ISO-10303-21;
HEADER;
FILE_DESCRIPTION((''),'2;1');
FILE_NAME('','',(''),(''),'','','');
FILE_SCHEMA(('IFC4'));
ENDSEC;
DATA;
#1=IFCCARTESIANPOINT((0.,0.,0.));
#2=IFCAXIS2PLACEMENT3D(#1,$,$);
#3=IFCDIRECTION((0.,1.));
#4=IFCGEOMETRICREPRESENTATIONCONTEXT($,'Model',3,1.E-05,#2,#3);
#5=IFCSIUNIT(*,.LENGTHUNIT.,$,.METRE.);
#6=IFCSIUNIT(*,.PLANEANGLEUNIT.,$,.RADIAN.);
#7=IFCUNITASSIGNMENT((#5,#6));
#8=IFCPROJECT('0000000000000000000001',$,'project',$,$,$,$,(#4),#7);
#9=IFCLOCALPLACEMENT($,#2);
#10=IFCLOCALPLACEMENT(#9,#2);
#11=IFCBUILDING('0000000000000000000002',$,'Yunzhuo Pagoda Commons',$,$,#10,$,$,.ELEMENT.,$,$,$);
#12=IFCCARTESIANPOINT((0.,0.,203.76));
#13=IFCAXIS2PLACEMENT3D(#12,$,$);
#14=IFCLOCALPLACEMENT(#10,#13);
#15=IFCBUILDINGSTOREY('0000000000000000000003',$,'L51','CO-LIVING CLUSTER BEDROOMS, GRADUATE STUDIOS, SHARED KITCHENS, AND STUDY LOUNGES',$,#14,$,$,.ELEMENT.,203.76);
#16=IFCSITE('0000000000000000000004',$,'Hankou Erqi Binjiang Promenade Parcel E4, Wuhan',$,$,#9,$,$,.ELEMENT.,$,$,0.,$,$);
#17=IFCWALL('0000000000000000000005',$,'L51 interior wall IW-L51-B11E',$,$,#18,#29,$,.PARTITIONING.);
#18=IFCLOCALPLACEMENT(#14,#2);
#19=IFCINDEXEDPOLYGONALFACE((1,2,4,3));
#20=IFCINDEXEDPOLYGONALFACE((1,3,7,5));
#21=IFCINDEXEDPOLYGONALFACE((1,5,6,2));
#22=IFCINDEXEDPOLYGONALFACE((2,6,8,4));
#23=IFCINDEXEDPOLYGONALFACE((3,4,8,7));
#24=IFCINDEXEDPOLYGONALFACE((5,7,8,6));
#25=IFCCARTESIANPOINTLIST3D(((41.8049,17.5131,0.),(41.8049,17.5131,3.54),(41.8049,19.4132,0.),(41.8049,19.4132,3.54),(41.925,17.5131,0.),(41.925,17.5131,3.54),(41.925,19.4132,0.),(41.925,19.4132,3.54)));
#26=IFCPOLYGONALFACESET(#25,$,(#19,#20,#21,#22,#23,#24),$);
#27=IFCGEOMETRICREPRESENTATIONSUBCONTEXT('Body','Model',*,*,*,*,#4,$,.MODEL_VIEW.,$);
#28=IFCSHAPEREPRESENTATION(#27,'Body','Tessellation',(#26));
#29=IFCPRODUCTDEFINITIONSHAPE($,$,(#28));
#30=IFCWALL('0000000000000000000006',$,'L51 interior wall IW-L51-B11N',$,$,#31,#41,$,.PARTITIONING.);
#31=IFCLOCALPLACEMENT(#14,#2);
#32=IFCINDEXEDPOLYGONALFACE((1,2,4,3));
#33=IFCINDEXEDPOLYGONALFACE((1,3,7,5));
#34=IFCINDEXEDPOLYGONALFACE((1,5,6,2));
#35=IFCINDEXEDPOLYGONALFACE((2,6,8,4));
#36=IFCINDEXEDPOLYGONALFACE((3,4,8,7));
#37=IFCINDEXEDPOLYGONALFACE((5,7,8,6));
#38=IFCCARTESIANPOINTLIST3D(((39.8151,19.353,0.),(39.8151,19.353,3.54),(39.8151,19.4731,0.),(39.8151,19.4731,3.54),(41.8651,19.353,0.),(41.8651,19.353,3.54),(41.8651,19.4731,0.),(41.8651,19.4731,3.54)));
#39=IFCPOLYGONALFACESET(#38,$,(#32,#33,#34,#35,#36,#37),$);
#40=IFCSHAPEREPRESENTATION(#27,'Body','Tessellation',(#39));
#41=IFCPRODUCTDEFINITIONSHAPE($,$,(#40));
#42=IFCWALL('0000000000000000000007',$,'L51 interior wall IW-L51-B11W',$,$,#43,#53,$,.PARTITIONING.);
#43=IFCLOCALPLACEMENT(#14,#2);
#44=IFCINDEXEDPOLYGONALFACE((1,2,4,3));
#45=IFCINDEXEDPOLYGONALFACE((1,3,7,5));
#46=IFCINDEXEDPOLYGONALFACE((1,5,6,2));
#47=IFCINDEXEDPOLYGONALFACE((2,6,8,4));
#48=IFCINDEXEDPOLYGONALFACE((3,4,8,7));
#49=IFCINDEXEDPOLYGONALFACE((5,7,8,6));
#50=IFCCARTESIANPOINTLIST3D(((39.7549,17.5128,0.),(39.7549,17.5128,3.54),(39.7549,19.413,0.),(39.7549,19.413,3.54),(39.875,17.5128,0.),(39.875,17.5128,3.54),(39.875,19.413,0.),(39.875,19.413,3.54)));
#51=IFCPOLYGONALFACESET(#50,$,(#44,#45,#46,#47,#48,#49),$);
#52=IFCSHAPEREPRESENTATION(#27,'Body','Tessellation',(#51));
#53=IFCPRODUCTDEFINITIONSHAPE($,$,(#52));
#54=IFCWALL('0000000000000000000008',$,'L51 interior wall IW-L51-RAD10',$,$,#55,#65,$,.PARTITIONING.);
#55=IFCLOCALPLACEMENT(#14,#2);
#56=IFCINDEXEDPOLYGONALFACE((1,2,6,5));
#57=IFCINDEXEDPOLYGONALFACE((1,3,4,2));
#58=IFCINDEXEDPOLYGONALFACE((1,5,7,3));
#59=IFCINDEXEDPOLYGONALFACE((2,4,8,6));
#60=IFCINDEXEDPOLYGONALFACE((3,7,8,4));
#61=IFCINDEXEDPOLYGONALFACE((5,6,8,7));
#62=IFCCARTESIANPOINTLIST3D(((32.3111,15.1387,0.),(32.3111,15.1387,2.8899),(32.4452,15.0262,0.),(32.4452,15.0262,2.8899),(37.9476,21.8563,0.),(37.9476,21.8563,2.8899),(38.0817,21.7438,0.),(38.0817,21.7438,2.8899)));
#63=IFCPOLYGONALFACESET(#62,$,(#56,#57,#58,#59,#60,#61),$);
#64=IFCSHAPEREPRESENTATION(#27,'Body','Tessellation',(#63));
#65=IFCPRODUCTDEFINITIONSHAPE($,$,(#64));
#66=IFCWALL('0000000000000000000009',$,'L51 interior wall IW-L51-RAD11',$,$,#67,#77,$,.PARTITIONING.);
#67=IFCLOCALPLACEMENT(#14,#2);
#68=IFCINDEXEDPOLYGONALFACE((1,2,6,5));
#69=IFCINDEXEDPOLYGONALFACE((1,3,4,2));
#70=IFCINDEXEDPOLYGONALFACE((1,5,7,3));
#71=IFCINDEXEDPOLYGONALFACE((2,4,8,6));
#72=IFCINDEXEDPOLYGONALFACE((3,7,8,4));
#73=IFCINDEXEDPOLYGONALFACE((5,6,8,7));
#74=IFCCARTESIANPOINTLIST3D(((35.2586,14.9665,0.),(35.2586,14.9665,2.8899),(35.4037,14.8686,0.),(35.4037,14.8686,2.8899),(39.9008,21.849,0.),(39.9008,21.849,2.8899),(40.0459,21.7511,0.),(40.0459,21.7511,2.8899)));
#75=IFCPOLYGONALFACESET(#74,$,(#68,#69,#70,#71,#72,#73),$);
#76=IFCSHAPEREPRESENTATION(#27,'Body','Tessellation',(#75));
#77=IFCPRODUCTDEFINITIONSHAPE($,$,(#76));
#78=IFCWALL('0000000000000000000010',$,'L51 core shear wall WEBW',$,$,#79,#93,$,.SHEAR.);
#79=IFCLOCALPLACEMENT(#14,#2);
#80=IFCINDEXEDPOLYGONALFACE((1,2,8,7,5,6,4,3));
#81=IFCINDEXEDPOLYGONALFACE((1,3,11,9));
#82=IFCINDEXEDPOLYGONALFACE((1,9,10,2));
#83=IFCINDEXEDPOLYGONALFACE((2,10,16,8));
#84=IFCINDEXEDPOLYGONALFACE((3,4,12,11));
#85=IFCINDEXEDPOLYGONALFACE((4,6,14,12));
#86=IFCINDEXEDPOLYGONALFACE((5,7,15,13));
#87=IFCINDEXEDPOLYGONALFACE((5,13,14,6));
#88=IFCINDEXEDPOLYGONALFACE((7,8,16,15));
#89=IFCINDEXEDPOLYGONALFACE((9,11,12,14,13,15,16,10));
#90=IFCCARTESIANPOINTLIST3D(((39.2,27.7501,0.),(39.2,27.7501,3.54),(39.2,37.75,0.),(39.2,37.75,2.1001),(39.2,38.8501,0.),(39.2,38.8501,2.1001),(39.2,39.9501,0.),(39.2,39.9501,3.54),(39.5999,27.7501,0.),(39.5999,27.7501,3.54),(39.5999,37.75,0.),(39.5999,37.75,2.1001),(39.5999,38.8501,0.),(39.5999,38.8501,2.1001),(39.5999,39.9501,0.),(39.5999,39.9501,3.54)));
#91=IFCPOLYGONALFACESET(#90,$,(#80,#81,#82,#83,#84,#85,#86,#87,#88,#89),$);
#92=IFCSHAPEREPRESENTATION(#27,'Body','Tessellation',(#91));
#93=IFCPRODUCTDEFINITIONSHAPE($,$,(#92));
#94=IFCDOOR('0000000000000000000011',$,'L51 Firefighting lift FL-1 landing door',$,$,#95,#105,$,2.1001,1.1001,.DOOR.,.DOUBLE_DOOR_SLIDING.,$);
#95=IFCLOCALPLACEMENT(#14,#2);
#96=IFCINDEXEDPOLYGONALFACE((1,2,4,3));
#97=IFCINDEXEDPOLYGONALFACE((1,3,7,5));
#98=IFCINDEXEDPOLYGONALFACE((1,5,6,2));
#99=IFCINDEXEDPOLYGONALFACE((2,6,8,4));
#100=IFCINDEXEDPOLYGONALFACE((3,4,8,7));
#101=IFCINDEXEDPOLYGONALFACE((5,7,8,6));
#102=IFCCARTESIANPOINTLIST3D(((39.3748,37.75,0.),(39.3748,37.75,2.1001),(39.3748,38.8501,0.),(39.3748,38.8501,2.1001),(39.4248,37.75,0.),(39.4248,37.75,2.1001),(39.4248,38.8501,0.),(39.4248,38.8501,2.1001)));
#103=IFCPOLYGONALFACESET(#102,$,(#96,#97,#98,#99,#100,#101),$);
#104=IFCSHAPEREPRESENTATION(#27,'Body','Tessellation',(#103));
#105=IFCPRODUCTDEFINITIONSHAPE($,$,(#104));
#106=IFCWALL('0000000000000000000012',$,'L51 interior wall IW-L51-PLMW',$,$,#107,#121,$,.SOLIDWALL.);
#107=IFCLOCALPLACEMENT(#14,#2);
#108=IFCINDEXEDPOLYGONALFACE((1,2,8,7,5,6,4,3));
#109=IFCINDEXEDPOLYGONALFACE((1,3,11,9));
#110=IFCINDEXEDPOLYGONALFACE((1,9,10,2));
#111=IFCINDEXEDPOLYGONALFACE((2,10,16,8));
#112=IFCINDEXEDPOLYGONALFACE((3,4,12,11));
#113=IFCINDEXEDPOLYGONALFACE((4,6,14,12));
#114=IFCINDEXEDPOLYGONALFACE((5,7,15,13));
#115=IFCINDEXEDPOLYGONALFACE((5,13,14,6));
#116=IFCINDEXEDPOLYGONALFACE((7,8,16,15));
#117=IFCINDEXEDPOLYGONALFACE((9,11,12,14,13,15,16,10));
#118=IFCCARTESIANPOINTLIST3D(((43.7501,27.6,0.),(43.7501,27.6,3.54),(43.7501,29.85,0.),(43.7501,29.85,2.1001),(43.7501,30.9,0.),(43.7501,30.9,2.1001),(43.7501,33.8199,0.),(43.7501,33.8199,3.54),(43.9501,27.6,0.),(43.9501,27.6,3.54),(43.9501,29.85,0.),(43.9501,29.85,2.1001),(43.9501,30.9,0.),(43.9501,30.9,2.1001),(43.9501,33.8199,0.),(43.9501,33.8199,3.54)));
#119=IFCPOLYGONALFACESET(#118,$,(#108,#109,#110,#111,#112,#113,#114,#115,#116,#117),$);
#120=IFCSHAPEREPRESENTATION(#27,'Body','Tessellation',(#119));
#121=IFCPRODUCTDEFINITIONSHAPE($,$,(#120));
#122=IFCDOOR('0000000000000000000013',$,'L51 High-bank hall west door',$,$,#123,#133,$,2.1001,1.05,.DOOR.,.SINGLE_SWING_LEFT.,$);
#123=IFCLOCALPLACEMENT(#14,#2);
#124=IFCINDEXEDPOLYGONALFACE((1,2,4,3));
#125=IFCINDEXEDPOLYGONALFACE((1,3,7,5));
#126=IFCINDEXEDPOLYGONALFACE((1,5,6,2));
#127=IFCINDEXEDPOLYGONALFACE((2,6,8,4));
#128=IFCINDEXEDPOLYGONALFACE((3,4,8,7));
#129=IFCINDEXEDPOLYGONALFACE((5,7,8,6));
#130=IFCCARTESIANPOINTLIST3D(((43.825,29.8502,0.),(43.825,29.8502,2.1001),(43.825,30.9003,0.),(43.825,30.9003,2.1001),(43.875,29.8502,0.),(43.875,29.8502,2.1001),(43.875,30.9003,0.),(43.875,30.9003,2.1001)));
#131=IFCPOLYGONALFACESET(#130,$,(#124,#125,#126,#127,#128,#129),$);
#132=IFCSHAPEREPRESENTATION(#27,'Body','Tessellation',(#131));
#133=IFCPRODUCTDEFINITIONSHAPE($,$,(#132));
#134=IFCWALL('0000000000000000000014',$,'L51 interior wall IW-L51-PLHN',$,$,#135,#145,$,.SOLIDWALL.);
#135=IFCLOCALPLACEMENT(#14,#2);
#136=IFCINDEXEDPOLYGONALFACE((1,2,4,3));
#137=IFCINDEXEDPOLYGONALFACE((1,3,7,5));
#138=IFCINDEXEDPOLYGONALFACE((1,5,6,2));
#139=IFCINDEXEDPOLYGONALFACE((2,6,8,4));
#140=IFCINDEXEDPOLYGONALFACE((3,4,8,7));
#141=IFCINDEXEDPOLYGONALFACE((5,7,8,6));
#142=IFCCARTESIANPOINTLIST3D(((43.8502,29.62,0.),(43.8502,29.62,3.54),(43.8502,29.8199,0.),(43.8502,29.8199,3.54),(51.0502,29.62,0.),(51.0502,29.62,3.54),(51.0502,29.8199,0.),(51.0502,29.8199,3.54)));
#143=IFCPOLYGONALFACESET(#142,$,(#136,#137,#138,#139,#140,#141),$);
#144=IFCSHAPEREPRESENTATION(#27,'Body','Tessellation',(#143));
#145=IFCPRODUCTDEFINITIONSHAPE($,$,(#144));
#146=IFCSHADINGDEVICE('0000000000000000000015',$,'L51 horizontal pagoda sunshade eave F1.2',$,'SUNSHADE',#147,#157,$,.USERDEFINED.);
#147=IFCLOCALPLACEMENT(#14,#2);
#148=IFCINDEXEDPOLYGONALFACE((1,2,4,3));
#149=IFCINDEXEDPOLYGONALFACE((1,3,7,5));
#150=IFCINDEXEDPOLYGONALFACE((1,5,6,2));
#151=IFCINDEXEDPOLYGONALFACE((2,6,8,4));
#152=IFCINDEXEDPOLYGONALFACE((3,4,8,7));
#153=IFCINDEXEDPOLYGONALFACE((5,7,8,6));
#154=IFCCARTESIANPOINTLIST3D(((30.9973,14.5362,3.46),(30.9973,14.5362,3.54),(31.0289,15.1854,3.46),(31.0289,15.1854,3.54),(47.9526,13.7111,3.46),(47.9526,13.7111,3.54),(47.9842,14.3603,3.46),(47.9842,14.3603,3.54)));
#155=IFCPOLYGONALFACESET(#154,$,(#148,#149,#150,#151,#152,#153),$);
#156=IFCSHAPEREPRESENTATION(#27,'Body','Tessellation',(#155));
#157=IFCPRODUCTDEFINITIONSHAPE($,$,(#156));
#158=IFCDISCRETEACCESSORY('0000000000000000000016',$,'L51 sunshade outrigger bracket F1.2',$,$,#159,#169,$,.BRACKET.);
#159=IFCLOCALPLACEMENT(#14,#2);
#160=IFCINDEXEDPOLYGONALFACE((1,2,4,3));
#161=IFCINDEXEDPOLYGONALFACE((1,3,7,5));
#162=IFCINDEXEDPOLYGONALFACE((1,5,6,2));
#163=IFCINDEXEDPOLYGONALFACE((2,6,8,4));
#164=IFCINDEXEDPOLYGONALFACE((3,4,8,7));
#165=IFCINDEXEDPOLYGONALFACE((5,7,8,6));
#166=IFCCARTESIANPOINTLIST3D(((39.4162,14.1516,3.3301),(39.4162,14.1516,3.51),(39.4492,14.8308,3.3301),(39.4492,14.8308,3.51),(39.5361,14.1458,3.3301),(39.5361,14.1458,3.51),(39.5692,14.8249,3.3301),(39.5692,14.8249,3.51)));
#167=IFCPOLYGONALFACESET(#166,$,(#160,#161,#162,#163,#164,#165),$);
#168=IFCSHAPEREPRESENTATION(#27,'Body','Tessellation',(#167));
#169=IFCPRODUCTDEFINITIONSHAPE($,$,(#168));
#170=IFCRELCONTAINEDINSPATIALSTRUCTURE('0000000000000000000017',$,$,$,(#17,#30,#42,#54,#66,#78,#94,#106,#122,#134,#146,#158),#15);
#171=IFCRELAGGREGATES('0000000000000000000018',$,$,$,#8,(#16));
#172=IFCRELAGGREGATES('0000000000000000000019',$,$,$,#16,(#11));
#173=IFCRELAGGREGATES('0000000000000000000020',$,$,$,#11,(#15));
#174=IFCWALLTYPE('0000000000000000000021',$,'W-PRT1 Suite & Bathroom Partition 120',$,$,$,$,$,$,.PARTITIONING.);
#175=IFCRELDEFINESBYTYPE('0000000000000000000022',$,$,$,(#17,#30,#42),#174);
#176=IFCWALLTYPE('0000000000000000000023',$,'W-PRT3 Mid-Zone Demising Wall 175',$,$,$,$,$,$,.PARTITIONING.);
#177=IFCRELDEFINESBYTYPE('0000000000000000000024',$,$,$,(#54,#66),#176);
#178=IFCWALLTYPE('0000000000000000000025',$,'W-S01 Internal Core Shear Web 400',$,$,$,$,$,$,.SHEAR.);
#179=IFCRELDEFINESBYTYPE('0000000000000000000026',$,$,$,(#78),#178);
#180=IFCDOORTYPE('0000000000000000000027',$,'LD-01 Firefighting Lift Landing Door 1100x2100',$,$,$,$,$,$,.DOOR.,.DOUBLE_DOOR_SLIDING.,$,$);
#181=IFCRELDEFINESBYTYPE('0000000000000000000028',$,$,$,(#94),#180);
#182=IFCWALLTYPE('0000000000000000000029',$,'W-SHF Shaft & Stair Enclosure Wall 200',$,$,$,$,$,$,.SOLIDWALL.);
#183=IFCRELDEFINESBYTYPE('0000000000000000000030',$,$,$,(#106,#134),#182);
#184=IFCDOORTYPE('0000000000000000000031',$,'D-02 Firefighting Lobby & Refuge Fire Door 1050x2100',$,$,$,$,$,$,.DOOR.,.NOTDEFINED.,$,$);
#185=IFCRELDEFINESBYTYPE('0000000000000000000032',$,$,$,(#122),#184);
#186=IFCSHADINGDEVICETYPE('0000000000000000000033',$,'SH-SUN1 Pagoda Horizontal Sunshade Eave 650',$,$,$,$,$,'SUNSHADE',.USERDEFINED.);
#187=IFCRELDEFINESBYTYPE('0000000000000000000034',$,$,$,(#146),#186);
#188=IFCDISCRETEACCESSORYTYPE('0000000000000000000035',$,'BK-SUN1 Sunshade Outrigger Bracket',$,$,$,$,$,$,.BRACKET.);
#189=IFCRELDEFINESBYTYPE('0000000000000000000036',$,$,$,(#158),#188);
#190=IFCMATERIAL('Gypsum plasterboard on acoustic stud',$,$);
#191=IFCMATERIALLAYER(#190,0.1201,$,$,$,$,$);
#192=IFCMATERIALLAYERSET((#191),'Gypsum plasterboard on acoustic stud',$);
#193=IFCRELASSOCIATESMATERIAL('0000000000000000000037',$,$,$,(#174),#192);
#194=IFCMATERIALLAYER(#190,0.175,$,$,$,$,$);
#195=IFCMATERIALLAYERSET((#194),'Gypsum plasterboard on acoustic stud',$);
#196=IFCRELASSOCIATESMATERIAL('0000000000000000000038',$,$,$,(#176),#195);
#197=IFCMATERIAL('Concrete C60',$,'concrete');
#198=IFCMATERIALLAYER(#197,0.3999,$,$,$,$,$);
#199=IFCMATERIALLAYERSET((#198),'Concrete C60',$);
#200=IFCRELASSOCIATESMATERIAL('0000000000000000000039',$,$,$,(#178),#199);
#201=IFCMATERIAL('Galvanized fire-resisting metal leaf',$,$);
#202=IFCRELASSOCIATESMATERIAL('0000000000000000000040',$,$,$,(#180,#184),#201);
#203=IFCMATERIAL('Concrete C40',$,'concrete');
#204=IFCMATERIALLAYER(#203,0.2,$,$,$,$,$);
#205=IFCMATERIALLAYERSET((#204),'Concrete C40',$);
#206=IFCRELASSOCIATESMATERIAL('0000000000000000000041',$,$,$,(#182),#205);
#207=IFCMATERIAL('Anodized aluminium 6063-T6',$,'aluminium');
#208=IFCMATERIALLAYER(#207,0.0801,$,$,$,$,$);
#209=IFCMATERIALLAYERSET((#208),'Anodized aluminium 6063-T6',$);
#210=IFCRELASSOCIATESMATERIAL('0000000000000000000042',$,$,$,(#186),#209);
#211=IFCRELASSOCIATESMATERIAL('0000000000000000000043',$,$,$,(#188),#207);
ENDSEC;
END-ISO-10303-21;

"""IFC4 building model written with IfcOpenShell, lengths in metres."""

from ifc_helpers import new_model, si_unit, direction, frame, frame_2d, origin, origin_2d, place, context, subcontext, project, spatial, rectangle, extrude, source, transform, mapped, material, layer, layer_set, type_object, element, fill, save


model = new_model("IFC4")

# Units and contexts
model_context = context("Model", 3, precision=1e-05, world=origin(), true_north=direction((0.0, 1.0)))
body_context = subcontext(model_context, "Body", "Model", "MODEL_VIEW")
ifc_project = project(units=[si_unit("LENGTHUNIT", "METRE"), si_unit("PLANEANGLEUNIT", "RADIAN")], contexts=[model_context])

# Site, building, storey
site_placement = place(None, origin())
site = spatial("IfcSite", under=ifc_project, at=site_placement, Name="Hankou Erqi Binjiang Promenade Parcel E4, Wuhan", CompositionType="ELEMENT", RefElevation=0.0)
building_placement = place(site_placement, origin())
building = spatial("IfcBuilding", under=site, at=building_placement, Name="Yunzhuo Pagoda Commons", CompositionType="ELEMENT")
storey_placement = place(building_placement, frame((0.0, 0.0, 203.76)))
storey = spatial("IfcBuildingStorey", under=building, at=storey_placement, Name="L51", Description="CO-LIVING CLUSTER BEDROOMS, GRADUATE STUDIOS, SHARED KITCHENS, AND STUDY LOUNGES", CompositionType="ELEMENT", Elevation=203.76)

# Shared definitions
ifc_material_1 = material(Name="Anodized aluminium 6063-T6", Category="aluminium")

# Shared definitions
ifc_material_2 = material(Name="Gypsum plasterboard on acoustic stud")
ifc_material_3 = material(Name="Galvanized fire-resisting metal leaf")

# Shared definitions
ifc_layer_1 = layer(ifc_material_2, 0.1201)
ifc_layer_set_1 = layer_set([ifc_layer_1], Name="Gypsum plasterboard on acoustic stud")
wall_type_1 = type_object("IfcWallType", Name="W-PRT1 Suite & Bathroom Partition 120", PredefinedType="PARTITIONING", material=ifc_layer_set_1)

# Walls
wall_1_placement = place(storey_placement, frame((41.865, 17.5129, 0.0), z_axis=(0.0, 0.0, 1.0), x_axis=(0.0, 1.0, 0.0)))
element("IfcWall", 1, at=wall_1_placement, inside=storey, type_object=wall_type_1, Name="L51 interior wall IW-L51-B11E", PredefinedType="PARTITIONING", context=body_context, shape_type="SweptSolid", body=[
    extrude(rectangle(XDim=1.9001, YDim=0.1201, at=frame_2d((0.9502, 0.0))), origin(), (0.0, 0.0, 1.0), 3.54),
])
wall_2_placement = place(storey_placement, frame((41.865, 19.4131, 0.0), z_axis=(0.0, 0.0, 1.0), x_axis=(-1.0, 0.0, 0.0)))
element("IfcWall", 2, at=wall_2_placement, inside=storey, type_object=wall_type_1, Name="L51 interior wall IW-L51-B11N", PredefinedType="PARTITIONING", context=body_context, shape_type="SweptSolid", body=[
    extrude(rectangle(XDim=2.05, YDim=0.1201, at=frame_2d((1.0249, 0.0))), origin(), (0.0, 0.0, 1.0), 3.54),
])
wall_3_placement = place(storey_placement, frame((39.8149, 19.4131, 0.0), z_axis=(0.0, 0.0, 1.0), x_axis=(0.0, -1.0, 0.0)))
element("IfcWall", 3, at=wall_3_placement, inside=storey, type_object=wall_type_1, Name="L51 interior wall IW-L51-B11W", PredefinedType="PARTITIONING", context=body_context, shape_type="SweptSolid", body=[
    extrude(rectangle(XDim=1.9001, YDim=0.1201, at=frame_2d((0.9502, 0.0))), origin(), (0.0, 0.0, 1.0), 3.54),
])
ifc_layer_2 = layer(ifc_material_2, 0.175)
ifc_layer_set_2 = layer_set([ifc_layer_2], Name="Gypsum plasterboard on acoustic stud")
wall_type_2 = type_object("IfcWallType", Name="W-PRT3 Mid-Zone Demising Wall 175", PredefinedType="PARTITIONING", material=ifc_layer_set_2)
wall_4_placement = place(storey_placement, frame((38.0146, 21.8, 0.0), z_axis=(0.0, 0.0, 1.0), x_axis=(-0.642774, -0.766056, 0.0)))
element("IfcWall", 4, at=wall_4_placement, inside=storey, type_object=wall_type_2, Name="L51 interior wall IW-L51-RAD10", PredefinedType="PARTITIONING", context=body_context, shape_type="SweptSolid", body=[
    extrude(rectangle(XDim=8.769, YDim=0.175, at=frame_2d((4.3845, 0.0))), origin(), (0.0, 0.0, 1.0), 2.8899),
])
wall_5_placement = place(storey_placement, frame((39.9734, 21.8, 0.0), z_axis=(0.0, 0.0, 1.0), x_axis=(-0.559191, -0.829039, 0.0)))
element("IfcWall", 5, at=wall_5_placement, inside=storey, type_object=wall_type_2, Name="L51 interior wall IW-L51-RAD11", PredefinedType="PARTITIONING", context=body_context, shape_type="SweptSolid", body=[
    extrude(rectangle(XDim=8.3018, YDim=0.175, at=frame_2d((4.1509, 0.0))), origin(), (0.0, 0.0, 1.0), 2.8899),
])

# Walls, openings, doors
ifc_material_4 = material(Name="Concrete C60", Category="concrete")
ifc_layer_3 = layer(ifc_material_4, 0.3999)
ifc_layer_set_3 = layer_set([ifc_layer_3], Name="Concrete C60")
wall_type_3 = type_object("IfcWallType", Name="W-S01 Internal Core Shear Web 400", PredefinedType="SHEAR", material=ifc_layer_set_3)
wall_6_placement = place(storey_placement, frame((39.3999, 27.75, 0.0), z_axis=(0.0, 0.0, 1.0), x_axis=(0.0, 1.0, 0.0)))
wall_6 = element("IfcWall", 6, at=wall_6_placement, inside=storey, type_object=wall_type_3, Name="L51 core shear wall WEBW", PredefinedType="SHEAR", context=body_context, shape_type="SweptSolid", body=[
    extrude(rectangle(XDim=12.2, YDim=0.3999, at=frame_2d((6.1001, 0.0))), origin(), (0.0, 0.0, 1.0), 3.54),
])
opening_1_placement = place(wall_6_placement, frame((10.0, 0.0, 0.0)))
opening_1 = element("IfcOpeningElement", 7, at=opening_1_placement, cuts=wall_6, PredefinedType="OPENING", context=body_context, shape_type="SweptSolid", body=[
    extrude(rectangle(XDim=1.1001, YDim=2.1001, at=frame_2d((0.55, 1.05))), frame((0.0, 0.21, 0.0), z_axis=(0.0, -1.0, 0.0), x_axis=(1.0, 0.0, 0.0)), (0.0, 0.0, 1.0), 0.4199),
])
door_type_1 = type_object("IfcDoorType", Name="LD-01 Firefighting Lift Landing Door 1100x2100", OperationType="DOUBLE_DOOR_SLIDING", PredefinedType="DOOR", material=ifc_material_3)
shared_shape_1 = source(origin(), body_context, "Body", "SweptSolid", [
    extrude(rectangle(XDim=1.1001, YDim=2.1001, at=frame_2d((0.55, 1.05))), frame((0.0, 0.0249, 0.0), z_axis=(0.0, -1.0, 0.0), x_axis=(1.0, 0.0, 0.0)), (0.0, 0.0, 1.0), 0.05),
])
door_1_placement = place(opening_1_placement, frame((1.1001, 0.0, 0.0), z_axis=(0.0, 0.0, 1.0), x_axis=(-1.0, 0.0, 0.0)))
door_1 = element("IfcDoor", 8, at=door_1_placement, inside=storey, type_object=door_type_1, Name="L51 Firefighting lift FL-1 landing door", OperationType="DOUBLE_DOOR_SLIDING", OverallHeight=2.1001, OverallWidth=1.1001, PredefinedType="DOOR", context=body_context, shape_type="MappedRepresentation", body=[
    mapped(shared_shape_1, transform((0.0, 0.0, 0.0), scale=1.0)),
])
fill(opening_1, door_1)
ifc_material_5 = material(Name="Concrete C40", Category="concrete")
ifc_layer_4 = layer(ifc_material_5, 0.2)
ifc_layer_set_4 = layer_set([ifc_layer_4], Name="Concrete C40")
wall_type_4 = type_object("IfcWallType", Name="W-SHF Shaft & Stair Enclosure Wall 200", PredefinedType="SOLIDWALL", material=ifc_layer_set_4)
wall_7_placement = place(storey_placement, frame((43.8501, 27.6001, 0.0), z_axis=(0.0, 0.0, 1.0), x_axis=(0.0, 1.0, 0.0)))
wall_7 = element("IfcWall", 9, at=wall_7_placement, inside=storey, type_object=wall_type_4, Name="L51 interior wall IW-L51-PLMW", PredefinedType="SOLIDWALL", context=body_context, shape_type="SweptSolid", body=[
    extrude(rectangle(XDim=6.22, YDim=0.2, at=frame_2d((3.1099, 0.0))), origin(), (0.0, 0.0, 1.0), 3.54),
])
opening_2_placement = place(wall_7_placement, frame((2.25, 0.0, 0.0)))
opening_2 = element("IfcOpeningElement", 10, at=opening_2_placement, cuts=wall_7, PredefinedType="OPENING", context=body_context, shape_type="SweptSolid", body=[
    extrude(rectangle(XDim=1.05, YDim=2.1001, at=frame_2d((0.5249, 1.05))), frame((0.0, 0.1099, 0.0), z_axis=(0.0, -1.0, 0.0), x_axis=(1.0, 0.0, 0.0)), (0.0, 0.0, 1.0), 0.22),
])
door_type_2 = type_object("IfcDoorType", Name="D-02 Firefighting Lobby & Refuge Fire Door 1050x2100", OperationType="NOTDEFINED", PredefinedType="DOOR", material=ifc_material_3)
shared_shape_2 = source(origin(), body_context, "Body", "SweptSolid", [
    extrude(rectangle(XDim=1.05, YDim=2.1001, at=frame_2d((0.5249, 1.05))), frame((0.0, 0.0249, 0.0), z_axis=(0.0, -1.0, 0.0), x_axis=(1.0, 0.0, 0.0)), (0.0, 0.0, 1.0), 0.05),
])
door_2_placement = place(opening_2_placement, frame((1.05, 0.0, 0.0), z_axis=(0.0, 0.0, 1.0), x_axis=(-1.0, 0.0, 0.0)))
door_2 = element("IfcDoor", 11, at=door_2_placement, inside=storey, type_object=door_type_2, Name="L51 High-bank hall west door", OperationType="SINGLE_SWING_LEFT", OverallHeight=2.1001, OverallWidth=1.05, PredefinedType="DOOR", context=body_context, shape_type="MappedRepresentation", body=[
    mapped(shared_shape_2, transform((0.0, 0.0, 0.0), scale=1.0)),
])
fill(opening_2, door_2)

# Wall
wall_8_placement = place(storey_placement, frame((43.8501, 29.72, 0.0), z_axis=(0.0, 0.0, 1.0), x_axis=(1.0, 0.0, 0.0)))
element("IfcWall", 12, at=wall_8_placement, inside=storey, type_object=wall_type_4, Name="L51 interior wall IW-L51-PLHN", PredefinedType="SOLIDWALL", context=body_context, shape_type="SweptSolid", body=[
    extrude(rectangle(XDim=7.2, YDim=0.2, at=frame_2d((3.6001, 0.0))), origin(), (0.0, 0.0, 1.0), 3.54),
])

# Shading device
ifc_layer_5 = layer(ifc_material_1, 0.0801)
ifc_layer_set_5 = layer_set([ifc_layer_5], Name="Anodized aluminium 6063-T6")
shading_device_type = type_object("IfcShadingDeviceType", Name="SH-SUN1 Pagoda Horizontal Sunshade Eave 650", ElementType="SUNSHADE", PredefinedType="USERDEFINED", material=ifc_layer_set_5)
shared_shape_3 = source(origin(), body_context, "Body", "SweptSolid", [
    extrude(rectangle(XDim=16.9753, YDim=0.6499, at=origin_2d()), origin(), (0.0, 0.0, 1.0), 0.0801),
])
shading_device_placement = place(storey_placement, frame((39.4907, 14.4482, 3.46), z_axis=(0.0, 0.0, 1.0), x_axis=(0.998818, -0.048606, 0.0)))
element("IfcShadingDevice", 13, at=shading_device_placement, inside=storey, type_object=shading_device_type, Name="L51 horizontal pagoda sunshade eave F1.2", ObjectType="SUNSHADE", PredefinedType="USERDEFINED", context=body_context, shape_type="MappedRepresentation", body=[
    mapped(shared_shape_3, transform((0.0, 0.0, 0.0), scale=1.0)),
])

# Discrete accessory
discrete_accessory_type = type_object("IfcDiscreteAccessoryType", Name="BK-SUN1 Sunshade Outrigger Bracket", PredefinedType="BRACKET", material=ifc_material_1)
shared_shape_4 = source(origin(), body_context, "Body", "SweptSolid", [
    extrude(rectangle(XDim=0.1201, YDim=0.6799, at=origin_2d()), origin(), (0.0, 0.0, 1.0), 0.1799),
])
discrete_accessory_placement = place(storey_placement, frame((39.4927, 14.4883, 3.3301), z_axis=(0.0, 0.0, 1.0), x_axis=(0.998818, -0.048606, 0.0)))
element("IfcDiscreteAccessory", 14, at=discrete_accessory_placement, inside=storey, type_object=discrete_accessory_type, Name="L51 sunshade outrigger bracket F1.2", PredefinedType="BRACKET", context=body_context, shape_type="MappedRepresentation", body=[
    mapped(shared_shape_4, transform((0.0, 0.0, 0.0), scale=1.0)),
])

save(model, "model.ifc")
